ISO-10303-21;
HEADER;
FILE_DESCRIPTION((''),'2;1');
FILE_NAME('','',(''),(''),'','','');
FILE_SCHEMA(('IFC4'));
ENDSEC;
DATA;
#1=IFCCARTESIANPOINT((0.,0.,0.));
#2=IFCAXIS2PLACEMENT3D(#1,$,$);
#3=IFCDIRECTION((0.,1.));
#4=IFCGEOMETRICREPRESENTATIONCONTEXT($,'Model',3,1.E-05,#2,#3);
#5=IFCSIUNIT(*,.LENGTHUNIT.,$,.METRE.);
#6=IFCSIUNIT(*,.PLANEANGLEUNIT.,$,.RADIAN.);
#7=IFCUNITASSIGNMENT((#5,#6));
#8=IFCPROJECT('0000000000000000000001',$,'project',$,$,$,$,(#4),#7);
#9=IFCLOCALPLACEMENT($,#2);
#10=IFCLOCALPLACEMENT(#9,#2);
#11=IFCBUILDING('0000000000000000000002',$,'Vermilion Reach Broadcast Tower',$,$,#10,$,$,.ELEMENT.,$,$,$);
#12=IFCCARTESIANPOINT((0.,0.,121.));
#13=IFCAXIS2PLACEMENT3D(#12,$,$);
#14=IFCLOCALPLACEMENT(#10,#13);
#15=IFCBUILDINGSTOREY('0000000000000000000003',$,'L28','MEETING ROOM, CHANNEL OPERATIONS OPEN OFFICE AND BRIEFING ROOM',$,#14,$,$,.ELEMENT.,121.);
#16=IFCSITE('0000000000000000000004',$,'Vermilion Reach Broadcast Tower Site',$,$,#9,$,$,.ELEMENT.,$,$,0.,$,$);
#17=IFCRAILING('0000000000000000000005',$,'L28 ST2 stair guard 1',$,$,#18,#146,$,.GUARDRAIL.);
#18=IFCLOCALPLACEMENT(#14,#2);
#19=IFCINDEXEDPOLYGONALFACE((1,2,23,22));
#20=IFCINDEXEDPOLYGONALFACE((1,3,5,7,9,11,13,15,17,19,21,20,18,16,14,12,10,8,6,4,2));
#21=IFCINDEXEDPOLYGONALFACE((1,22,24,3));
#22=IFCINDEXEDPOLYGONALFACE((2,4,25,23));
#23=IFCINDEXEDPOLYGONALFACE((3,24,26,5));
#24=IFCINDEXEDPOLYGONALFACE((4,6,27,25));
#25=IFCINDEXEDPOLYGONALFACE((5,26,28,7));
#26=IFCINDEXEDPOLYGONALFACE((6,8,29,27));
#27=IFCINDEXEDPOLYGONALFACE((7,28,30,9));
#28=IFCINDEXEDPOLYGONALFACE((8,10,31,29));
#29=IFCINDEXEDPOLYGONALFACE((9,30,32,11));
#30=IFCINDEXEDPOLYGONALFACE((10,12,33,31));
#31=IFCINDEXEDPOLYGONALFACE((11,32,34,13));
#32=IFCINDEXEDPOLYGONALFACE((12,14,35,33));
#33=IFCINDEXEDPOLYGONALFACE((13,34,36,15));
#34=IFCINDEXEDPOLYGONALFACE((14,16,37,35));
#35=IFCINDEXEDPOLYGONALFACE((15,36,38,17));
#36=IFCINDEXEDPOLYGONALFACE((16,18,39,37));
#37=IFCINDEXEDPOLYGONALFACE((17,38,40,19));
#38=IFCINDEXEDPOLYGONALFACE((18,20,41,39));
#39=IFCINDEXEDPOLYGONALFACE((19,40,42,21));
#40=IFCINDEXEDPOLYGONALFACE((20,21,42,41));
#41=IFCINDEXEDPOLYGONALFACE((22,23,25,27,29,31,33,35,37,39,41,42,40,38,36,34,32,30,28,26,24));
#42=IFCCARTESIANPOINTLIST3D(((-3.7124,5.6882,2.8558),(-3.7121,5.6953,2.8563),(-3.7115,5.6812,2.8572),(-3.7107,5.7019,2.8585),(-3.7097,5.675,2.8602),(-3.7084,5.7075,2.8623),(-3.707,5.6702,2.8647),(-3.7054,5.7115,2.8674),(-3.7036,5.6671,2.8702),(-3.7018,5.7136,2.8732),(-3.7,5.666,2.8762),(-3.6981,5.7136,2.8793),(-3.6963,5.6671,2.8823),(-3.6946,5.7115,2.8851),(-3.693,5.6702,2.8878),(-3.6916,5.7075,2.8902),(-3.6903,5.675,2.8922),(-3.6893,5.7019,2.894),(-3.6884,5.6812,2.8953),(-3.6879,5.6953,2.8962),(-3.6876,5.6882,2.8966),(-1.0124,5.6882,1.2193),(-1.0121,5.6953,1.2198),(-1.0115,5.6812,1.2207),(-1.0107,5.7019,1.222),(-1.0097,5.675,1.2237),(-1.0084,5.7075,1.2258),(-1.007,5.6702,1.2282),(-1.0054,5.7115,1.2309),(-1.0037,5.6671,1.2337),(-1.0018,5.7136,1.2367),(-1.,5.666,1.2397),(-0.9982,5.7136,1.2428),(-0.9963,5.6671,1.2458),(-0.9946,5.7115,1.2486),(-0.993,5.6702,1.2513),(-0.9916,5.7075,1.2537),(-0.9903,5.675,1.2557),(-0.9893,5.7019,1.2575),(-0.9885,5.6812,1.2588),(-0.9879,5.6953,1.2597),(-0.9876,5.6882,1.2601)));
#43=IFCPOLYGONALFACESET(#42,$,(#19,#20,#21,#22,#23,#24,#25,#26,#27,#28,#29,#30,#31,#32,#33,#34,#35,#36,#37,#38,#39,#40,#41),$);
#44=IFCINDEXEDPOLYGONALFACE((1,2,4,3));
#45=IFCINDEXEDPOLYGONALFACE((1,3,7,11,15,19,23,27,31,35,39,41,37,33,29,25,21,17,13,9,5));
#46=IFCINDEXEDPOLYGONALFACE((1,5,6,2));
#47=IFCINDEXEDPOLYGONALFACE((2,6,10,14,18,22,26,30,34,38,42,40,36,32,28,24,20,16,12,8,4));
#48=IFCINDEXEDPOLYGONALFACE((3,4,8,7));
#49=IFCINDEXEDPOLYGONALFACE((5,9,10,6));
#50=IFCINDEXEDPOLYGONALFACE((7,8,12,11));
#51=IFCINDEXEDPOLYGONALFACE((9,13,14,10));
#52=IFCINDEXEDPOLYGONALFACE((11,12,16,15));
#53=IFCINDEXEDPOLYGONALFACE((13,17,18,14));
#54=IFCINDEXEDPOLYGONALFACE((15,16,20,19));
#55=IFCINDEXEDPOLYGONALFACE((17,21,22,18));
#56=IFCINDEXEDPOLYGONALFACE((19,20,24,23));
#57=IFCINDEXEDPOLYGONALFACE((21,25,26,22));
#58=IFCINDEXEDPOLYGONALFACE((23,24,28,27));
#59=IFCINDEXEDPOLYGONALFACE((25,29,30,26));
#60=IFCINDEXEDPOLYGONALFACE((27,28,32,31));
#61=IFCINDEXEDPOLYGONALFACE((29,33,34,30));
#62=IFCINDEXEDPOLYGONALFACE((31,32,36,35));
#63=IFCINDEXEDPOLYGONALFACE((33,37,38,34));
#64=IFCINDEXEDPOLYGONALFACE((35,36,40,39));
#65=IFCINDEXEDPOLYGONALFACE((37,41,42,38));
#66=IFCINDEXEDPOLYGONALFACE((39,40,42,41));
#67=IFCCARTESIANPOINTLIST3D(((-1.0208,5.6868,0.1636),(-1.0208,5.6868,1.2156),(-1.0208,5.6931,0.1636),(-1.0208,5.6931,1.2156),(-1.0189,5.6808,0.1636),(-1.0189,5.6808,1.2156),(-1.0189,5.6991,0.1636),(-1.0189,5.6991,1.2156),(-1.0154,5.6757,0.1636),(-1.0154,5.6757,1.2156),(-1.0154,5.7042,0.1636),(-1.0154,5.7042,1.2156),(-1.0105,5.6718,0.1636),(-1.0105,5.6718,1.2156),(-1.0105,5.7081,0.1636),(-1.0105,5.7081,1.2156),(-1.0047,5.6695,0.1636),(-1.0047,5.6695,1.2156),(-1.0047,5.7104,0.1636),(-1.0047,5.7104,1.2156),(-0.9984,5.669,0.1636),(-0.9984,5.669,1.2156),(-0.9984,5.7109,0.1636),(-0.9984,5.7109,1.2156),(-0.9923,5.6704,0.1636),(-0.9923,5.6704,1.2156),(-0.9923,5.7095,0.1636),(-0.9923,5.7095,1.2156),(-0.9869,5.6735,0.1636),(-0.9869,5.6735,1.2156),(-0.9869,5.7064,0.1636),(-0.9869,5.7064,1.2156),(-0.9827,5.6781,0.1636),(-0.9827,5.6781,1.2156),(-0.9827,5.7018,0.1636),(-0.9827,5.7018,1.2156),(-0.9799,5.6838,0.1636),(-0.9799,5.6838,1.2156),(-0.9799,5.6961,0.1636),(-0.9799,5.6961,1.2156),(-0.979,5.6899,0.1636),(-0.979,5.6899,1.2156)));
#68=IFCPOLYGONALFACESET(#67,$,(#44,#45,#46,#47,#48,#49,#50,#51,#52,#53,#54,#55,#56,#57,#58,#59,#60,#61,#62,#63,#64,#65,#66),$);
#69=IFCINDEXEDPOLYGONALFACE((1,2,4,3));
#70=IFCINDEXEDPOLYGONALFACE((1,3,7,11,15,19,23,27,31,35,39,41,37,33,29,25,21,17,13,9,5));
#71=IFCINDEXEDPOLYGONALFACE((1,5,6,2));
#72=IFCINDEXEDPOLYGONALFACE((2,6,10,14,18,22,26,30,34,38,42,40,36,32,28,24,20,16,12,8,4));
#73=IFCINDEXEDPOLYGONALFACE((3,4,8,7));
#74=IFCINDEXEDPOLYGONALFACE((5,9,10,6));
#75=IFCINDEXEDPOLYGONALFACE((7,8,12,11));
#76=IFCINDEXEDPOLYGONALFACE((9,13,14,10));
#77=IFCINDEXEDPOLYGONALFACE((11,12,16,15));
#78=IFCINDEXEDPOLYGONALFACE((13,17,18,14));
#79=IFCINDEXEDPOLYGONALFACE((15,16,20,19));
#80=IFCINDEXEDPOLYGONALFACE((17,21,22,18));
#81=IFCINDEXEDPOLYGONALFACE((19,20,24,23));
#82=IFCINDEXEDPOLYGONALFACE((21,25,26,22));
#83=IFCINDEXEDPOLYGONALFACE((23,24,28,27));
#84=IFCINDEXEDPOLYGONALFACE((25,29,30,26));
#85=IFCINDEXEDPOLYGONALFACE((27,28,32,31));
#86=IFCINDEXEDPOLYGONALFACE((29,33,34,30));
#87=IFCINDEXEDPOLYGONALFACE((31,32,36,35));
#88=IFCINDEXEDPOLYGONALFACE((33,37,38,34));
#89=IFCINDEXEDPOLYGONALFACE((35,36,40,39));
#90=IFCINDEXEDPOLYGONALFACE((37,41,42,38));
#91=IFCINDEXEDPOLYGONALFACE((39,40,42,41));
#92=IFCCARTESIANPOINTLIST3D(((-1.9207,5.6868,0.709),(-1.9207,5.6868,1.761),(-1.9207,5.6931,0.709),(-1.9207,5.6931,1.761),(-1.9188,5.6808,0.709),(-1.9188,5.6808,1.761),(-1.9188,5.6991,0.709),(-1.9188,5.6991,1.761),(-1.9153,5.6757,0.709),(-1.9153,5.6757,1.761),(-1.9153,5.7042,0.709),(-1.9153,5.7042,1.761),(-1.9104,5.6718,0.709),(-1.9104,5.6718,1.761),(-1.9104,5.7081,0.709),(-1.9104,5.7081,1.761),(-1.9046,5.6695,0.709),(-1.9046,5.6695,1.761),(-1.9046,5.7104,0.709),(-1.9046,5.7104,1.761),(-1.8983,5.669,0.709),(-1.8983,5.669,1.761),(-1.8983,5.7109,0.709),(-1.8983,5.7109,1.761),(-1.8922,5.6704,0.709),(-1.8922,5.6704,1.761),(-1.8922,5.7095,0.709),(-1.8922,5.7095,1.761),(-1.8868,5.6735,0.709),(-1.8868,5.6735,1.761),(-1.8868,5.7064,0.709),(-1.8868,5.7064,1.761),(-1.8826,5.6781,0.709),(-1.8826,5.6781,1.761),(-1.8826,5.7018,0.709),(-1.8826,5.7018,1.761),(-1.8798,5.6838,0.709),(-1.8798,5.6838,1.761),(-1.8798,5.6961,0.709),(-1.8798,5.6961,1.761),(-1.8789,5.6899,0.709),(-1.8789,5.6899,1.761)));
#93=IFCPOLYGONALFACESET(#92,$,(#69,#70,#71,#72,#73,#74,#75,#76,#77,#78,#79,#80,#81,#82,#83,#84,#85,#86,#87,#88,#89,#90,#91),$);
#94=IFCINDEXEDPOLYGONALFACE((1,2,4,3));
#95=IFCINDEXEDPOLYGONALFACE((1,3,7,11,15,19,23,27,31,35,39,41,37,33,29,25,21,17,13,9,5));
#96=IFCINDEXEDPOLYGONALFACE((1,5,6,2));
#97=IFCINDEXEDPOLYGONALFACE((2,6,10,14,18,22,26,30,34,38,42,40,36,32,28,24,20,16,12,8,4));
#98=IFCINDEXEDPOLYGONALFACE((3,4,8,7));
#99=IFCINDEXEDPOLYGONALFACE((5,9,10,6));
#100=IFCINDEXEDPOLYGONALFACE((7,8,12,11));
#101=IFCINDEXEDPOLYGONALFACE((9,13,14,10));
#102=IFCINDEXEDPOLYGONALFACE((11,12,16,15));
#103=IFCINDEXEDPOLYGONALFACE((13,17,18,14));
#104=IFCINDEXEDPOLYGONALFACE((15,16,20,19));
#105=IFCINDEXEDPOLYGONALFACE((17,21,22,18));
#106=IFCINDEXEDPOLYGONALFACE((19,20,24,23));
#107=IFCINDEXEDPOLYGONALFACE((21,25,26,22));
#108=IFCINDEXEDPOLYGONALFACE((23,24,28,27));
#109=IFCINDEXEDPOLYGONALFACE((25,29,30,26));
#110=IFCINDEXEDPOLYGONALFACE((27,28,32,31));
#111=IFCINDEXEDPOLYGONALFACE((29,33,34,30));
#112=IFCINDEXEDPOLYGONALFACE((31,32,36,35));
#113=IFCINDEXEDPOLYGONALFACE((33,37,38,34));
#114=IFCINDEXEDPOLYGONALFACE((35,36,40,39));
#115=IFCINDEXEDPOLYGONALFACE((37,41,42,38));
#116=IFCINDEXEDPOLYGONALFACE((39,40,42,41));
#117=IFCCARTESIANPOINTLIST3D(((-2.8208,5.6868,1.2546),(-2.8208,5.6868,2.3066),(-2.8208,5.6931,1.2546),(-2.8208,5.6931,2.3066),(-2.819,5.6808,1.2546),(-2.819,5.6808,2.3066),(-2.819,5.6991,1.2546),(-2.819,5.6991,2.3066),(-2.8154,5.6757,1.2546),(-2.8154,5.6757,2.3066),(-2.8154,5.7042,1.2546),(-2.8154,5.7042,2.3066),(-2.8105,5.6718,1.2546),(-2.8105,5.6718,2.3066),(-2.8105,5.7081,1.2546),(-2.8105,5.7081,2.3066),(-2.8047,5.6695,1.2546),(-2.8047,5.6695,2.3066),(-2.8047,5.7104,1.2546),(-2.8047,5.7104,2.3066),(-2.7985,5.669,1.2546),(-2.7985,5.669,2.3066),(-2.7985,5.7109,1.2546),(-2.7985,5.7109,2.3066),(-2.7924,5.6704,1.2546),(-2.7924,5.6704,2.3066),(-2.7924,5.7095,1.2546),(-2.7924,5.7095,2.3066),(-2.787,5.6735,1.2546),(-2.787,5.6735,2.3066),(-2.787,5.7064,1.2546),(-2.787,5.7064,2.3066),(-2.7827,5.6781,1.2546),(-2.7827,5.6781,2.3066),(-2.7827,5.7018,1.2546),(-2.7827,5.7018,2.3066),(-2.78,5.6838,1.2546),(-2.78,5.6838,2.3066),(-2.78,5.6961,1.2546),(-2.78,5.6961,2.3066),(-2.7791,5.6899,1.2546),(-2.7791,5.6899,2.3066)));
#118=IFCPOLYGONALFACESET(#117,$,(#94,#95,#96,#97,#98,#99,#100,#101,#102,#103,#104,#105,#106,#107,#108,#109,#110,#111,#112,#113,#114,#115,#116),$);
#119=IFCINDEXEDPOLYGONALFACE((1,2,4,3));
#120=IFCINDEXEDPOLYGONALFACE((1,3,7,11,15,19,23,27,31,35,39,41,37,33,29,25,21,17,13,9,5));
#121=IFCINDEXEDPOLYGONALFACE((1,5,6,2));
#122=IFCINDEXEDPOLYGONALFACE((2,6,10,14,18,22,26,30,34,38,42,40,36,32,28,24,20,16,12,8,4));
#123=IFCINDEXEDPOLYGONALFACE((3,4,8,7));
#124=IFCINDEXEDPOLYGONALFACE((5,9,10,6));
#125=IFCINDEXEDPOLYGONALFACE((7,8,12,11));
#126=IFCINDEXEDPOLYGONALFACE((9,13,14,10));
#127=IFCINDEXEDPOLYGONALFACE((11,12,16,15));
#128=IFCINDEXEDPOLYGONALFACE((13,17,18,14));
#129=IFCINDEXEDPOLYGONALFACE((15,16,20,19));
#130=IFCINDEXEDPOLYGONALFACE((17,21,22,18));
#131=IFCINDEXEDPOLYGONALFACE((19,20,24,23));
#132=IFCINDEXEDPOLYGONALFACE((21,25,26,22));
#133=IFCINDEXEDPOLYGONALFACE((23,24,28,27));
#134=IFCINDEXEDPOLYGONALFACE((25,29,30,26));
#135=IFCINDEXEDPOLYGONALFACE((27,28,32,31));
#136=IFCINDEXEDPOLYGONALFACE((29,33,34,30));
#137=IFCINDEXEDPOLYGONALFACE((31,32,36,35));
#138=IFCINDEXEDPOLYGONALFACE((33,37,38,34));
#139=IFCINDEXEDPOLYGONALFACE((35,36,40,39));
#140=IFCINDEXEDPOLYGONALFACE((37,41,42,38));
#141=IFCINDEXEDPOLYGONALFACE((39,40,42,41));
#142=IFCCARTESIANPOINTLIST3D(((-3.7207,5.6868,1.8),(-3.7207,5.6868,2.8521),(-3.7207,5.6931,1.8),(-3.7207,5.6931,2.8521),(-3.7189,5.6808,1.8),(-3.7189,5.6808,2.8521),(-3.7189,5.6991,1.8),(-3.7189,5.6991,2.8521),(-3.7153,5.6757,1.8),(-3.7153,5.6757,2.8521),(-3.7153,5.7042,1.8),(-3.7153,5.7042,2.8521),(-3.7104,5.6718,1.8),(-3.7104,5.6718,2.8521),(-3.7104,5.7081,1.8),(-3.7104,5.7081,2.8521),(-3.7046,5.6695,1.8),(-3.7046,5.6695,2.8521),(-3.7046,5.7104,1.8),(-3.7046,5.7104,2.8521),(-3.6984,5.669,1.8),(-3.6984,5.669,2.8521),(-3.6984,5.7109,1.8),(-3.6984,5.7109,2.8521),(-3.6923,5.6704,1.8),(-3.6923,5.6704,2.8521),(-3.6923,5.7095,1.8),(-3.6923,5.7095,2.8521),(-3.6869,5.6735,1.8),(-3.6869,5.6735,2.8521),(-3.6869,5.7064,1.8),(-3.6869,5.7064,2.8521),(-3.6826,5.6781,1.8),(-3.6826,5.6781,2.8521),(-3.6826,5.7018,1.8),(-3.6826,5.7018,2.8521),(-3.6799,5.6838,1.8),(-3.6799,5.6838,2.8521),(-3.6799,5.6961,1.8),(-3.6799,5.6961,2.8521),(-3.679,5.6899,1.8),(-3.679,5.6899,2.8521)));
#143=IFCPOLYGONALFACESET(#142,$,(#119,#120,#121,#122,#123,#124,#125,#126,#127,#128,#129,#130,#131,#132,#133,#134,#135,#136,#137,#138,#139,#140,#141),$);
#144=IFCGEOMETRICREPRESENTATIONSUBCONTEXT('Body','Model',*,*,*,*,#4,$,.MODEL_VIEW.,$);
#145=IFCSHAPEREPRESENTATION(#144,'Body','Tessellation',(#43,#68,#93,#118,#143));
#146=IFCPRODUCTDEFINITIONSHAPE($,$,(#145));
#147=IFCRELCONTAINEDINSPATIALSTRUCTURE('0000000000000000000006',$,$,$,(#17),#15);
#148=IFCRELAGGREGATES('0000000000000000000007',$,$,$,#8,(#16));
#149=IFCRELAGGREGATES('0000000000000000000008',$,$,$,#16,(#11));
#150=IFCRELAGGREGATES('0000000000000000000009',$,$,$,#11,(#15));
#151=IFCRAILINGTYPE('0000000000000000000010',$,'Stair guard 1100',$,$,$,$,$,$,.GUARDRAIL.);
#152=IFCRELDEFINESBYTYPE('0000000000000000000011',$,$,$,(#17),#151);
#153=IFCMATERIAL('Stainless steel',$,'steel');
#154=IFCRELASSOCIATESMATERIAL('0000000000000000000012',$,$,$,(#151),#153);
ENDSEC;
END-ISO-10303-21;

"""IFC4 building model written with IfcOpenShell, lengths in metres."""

from ifc_helpers import new_model, si_unit, direction, frame, origin, origin_2d, place, context, subcontext, project, spatial, circle, extrude, material, type_object, element, save


model = new_model("IFC4")

# Units and contexts
model_context = context("Model", 3, precision=1e-05, world=origin(), true_north=direction((0.0, 1.0)))
body_context = subcontext(model_context, "Body", "Model", "MODEL_VIEW")
ifc_project = project(units=[si_unit("LENGTHUNIT", "METRE"), si_unit("PLANEANGLEUNIT", "RADIAN")], contexts=[model_context])

# Site, building, storey
site_placement = place(None, origin())
site = spatial("IfcSite", under=ifc_project, at=site_placement, Name="Vermilion Reach Broadcast Tower Site", CompositionType="ELEMENT", RefElevation=0.0)
building_placement = place(site_placement, origin())
building = spatial("IfcBuilding", under=site, at=building_placement, Name="Vermilion Reach Broadcast Tower", CompositionType="ELEMENT")
storey_placement = place(building_placement, frame((0.0, 0.0, 121.0)))
storey = spatial("IfcBuildingStorey", under=building, at=storey_placement, Name="L28", Description="MEETING ROOM, CHANNEL OPERATIONS OPEN OFFICE AND BRIEFING ROOM", CompositionType="ELEMENT", Elevation=121.0)

# Railing
ifc_material_1 = material(Name="Stainless steel", Category="steel")
railing_type_1 = type_object("IfcRailingType", Name="Stair guard 1100", PredefinedType="GUARDRAIL", material=ifc_material_1)
railing_1_placement = place(storey_placement, frame((-1.0, 5.6899, 0.1636)))
element("IfcRailing", 1, at=railing_1_placement, inside=storey, type_object=railing_type_1, Name="L28 ST2 stair guard 1", PredefinedType="GUARDRAIL", context=body_context, shape_type="SweptSolid", body=[
    extrude(circle(Radius=0.0239, at=origin_2d()), frame((0.0, 0.0, 1.0762), z_axis=(-0.855178, 0.0, 0.518334), x_axis=(0.0, -1.0, 0.0)), (0.0, 0.0, 1.0), 3.1572),
    extrude(circle(Radius=0.021, at=origin_2d()), origin(), (0.0, 0.0, 1.0), 1.052),
    extrude(circle(Radius=0.021, at=origin_2d()), frame((-0.8999, 0.0, 0.5454)), (0.0, 0.0, 1.0), 1.052),
    extrude(circle(Radius=0.021, at=origin_2d()), frame((-1.8, 0.0, 1.0911)), (0.0, 0.0, 1.0), 1.052),
    extrude(circle(Radius=0.021, at=origin_2d()), frame((-2.7, 0.0, 1.6365)), (0.0, 0.0, 1.0), 1.052),
])

save(model, "model.ifc")
